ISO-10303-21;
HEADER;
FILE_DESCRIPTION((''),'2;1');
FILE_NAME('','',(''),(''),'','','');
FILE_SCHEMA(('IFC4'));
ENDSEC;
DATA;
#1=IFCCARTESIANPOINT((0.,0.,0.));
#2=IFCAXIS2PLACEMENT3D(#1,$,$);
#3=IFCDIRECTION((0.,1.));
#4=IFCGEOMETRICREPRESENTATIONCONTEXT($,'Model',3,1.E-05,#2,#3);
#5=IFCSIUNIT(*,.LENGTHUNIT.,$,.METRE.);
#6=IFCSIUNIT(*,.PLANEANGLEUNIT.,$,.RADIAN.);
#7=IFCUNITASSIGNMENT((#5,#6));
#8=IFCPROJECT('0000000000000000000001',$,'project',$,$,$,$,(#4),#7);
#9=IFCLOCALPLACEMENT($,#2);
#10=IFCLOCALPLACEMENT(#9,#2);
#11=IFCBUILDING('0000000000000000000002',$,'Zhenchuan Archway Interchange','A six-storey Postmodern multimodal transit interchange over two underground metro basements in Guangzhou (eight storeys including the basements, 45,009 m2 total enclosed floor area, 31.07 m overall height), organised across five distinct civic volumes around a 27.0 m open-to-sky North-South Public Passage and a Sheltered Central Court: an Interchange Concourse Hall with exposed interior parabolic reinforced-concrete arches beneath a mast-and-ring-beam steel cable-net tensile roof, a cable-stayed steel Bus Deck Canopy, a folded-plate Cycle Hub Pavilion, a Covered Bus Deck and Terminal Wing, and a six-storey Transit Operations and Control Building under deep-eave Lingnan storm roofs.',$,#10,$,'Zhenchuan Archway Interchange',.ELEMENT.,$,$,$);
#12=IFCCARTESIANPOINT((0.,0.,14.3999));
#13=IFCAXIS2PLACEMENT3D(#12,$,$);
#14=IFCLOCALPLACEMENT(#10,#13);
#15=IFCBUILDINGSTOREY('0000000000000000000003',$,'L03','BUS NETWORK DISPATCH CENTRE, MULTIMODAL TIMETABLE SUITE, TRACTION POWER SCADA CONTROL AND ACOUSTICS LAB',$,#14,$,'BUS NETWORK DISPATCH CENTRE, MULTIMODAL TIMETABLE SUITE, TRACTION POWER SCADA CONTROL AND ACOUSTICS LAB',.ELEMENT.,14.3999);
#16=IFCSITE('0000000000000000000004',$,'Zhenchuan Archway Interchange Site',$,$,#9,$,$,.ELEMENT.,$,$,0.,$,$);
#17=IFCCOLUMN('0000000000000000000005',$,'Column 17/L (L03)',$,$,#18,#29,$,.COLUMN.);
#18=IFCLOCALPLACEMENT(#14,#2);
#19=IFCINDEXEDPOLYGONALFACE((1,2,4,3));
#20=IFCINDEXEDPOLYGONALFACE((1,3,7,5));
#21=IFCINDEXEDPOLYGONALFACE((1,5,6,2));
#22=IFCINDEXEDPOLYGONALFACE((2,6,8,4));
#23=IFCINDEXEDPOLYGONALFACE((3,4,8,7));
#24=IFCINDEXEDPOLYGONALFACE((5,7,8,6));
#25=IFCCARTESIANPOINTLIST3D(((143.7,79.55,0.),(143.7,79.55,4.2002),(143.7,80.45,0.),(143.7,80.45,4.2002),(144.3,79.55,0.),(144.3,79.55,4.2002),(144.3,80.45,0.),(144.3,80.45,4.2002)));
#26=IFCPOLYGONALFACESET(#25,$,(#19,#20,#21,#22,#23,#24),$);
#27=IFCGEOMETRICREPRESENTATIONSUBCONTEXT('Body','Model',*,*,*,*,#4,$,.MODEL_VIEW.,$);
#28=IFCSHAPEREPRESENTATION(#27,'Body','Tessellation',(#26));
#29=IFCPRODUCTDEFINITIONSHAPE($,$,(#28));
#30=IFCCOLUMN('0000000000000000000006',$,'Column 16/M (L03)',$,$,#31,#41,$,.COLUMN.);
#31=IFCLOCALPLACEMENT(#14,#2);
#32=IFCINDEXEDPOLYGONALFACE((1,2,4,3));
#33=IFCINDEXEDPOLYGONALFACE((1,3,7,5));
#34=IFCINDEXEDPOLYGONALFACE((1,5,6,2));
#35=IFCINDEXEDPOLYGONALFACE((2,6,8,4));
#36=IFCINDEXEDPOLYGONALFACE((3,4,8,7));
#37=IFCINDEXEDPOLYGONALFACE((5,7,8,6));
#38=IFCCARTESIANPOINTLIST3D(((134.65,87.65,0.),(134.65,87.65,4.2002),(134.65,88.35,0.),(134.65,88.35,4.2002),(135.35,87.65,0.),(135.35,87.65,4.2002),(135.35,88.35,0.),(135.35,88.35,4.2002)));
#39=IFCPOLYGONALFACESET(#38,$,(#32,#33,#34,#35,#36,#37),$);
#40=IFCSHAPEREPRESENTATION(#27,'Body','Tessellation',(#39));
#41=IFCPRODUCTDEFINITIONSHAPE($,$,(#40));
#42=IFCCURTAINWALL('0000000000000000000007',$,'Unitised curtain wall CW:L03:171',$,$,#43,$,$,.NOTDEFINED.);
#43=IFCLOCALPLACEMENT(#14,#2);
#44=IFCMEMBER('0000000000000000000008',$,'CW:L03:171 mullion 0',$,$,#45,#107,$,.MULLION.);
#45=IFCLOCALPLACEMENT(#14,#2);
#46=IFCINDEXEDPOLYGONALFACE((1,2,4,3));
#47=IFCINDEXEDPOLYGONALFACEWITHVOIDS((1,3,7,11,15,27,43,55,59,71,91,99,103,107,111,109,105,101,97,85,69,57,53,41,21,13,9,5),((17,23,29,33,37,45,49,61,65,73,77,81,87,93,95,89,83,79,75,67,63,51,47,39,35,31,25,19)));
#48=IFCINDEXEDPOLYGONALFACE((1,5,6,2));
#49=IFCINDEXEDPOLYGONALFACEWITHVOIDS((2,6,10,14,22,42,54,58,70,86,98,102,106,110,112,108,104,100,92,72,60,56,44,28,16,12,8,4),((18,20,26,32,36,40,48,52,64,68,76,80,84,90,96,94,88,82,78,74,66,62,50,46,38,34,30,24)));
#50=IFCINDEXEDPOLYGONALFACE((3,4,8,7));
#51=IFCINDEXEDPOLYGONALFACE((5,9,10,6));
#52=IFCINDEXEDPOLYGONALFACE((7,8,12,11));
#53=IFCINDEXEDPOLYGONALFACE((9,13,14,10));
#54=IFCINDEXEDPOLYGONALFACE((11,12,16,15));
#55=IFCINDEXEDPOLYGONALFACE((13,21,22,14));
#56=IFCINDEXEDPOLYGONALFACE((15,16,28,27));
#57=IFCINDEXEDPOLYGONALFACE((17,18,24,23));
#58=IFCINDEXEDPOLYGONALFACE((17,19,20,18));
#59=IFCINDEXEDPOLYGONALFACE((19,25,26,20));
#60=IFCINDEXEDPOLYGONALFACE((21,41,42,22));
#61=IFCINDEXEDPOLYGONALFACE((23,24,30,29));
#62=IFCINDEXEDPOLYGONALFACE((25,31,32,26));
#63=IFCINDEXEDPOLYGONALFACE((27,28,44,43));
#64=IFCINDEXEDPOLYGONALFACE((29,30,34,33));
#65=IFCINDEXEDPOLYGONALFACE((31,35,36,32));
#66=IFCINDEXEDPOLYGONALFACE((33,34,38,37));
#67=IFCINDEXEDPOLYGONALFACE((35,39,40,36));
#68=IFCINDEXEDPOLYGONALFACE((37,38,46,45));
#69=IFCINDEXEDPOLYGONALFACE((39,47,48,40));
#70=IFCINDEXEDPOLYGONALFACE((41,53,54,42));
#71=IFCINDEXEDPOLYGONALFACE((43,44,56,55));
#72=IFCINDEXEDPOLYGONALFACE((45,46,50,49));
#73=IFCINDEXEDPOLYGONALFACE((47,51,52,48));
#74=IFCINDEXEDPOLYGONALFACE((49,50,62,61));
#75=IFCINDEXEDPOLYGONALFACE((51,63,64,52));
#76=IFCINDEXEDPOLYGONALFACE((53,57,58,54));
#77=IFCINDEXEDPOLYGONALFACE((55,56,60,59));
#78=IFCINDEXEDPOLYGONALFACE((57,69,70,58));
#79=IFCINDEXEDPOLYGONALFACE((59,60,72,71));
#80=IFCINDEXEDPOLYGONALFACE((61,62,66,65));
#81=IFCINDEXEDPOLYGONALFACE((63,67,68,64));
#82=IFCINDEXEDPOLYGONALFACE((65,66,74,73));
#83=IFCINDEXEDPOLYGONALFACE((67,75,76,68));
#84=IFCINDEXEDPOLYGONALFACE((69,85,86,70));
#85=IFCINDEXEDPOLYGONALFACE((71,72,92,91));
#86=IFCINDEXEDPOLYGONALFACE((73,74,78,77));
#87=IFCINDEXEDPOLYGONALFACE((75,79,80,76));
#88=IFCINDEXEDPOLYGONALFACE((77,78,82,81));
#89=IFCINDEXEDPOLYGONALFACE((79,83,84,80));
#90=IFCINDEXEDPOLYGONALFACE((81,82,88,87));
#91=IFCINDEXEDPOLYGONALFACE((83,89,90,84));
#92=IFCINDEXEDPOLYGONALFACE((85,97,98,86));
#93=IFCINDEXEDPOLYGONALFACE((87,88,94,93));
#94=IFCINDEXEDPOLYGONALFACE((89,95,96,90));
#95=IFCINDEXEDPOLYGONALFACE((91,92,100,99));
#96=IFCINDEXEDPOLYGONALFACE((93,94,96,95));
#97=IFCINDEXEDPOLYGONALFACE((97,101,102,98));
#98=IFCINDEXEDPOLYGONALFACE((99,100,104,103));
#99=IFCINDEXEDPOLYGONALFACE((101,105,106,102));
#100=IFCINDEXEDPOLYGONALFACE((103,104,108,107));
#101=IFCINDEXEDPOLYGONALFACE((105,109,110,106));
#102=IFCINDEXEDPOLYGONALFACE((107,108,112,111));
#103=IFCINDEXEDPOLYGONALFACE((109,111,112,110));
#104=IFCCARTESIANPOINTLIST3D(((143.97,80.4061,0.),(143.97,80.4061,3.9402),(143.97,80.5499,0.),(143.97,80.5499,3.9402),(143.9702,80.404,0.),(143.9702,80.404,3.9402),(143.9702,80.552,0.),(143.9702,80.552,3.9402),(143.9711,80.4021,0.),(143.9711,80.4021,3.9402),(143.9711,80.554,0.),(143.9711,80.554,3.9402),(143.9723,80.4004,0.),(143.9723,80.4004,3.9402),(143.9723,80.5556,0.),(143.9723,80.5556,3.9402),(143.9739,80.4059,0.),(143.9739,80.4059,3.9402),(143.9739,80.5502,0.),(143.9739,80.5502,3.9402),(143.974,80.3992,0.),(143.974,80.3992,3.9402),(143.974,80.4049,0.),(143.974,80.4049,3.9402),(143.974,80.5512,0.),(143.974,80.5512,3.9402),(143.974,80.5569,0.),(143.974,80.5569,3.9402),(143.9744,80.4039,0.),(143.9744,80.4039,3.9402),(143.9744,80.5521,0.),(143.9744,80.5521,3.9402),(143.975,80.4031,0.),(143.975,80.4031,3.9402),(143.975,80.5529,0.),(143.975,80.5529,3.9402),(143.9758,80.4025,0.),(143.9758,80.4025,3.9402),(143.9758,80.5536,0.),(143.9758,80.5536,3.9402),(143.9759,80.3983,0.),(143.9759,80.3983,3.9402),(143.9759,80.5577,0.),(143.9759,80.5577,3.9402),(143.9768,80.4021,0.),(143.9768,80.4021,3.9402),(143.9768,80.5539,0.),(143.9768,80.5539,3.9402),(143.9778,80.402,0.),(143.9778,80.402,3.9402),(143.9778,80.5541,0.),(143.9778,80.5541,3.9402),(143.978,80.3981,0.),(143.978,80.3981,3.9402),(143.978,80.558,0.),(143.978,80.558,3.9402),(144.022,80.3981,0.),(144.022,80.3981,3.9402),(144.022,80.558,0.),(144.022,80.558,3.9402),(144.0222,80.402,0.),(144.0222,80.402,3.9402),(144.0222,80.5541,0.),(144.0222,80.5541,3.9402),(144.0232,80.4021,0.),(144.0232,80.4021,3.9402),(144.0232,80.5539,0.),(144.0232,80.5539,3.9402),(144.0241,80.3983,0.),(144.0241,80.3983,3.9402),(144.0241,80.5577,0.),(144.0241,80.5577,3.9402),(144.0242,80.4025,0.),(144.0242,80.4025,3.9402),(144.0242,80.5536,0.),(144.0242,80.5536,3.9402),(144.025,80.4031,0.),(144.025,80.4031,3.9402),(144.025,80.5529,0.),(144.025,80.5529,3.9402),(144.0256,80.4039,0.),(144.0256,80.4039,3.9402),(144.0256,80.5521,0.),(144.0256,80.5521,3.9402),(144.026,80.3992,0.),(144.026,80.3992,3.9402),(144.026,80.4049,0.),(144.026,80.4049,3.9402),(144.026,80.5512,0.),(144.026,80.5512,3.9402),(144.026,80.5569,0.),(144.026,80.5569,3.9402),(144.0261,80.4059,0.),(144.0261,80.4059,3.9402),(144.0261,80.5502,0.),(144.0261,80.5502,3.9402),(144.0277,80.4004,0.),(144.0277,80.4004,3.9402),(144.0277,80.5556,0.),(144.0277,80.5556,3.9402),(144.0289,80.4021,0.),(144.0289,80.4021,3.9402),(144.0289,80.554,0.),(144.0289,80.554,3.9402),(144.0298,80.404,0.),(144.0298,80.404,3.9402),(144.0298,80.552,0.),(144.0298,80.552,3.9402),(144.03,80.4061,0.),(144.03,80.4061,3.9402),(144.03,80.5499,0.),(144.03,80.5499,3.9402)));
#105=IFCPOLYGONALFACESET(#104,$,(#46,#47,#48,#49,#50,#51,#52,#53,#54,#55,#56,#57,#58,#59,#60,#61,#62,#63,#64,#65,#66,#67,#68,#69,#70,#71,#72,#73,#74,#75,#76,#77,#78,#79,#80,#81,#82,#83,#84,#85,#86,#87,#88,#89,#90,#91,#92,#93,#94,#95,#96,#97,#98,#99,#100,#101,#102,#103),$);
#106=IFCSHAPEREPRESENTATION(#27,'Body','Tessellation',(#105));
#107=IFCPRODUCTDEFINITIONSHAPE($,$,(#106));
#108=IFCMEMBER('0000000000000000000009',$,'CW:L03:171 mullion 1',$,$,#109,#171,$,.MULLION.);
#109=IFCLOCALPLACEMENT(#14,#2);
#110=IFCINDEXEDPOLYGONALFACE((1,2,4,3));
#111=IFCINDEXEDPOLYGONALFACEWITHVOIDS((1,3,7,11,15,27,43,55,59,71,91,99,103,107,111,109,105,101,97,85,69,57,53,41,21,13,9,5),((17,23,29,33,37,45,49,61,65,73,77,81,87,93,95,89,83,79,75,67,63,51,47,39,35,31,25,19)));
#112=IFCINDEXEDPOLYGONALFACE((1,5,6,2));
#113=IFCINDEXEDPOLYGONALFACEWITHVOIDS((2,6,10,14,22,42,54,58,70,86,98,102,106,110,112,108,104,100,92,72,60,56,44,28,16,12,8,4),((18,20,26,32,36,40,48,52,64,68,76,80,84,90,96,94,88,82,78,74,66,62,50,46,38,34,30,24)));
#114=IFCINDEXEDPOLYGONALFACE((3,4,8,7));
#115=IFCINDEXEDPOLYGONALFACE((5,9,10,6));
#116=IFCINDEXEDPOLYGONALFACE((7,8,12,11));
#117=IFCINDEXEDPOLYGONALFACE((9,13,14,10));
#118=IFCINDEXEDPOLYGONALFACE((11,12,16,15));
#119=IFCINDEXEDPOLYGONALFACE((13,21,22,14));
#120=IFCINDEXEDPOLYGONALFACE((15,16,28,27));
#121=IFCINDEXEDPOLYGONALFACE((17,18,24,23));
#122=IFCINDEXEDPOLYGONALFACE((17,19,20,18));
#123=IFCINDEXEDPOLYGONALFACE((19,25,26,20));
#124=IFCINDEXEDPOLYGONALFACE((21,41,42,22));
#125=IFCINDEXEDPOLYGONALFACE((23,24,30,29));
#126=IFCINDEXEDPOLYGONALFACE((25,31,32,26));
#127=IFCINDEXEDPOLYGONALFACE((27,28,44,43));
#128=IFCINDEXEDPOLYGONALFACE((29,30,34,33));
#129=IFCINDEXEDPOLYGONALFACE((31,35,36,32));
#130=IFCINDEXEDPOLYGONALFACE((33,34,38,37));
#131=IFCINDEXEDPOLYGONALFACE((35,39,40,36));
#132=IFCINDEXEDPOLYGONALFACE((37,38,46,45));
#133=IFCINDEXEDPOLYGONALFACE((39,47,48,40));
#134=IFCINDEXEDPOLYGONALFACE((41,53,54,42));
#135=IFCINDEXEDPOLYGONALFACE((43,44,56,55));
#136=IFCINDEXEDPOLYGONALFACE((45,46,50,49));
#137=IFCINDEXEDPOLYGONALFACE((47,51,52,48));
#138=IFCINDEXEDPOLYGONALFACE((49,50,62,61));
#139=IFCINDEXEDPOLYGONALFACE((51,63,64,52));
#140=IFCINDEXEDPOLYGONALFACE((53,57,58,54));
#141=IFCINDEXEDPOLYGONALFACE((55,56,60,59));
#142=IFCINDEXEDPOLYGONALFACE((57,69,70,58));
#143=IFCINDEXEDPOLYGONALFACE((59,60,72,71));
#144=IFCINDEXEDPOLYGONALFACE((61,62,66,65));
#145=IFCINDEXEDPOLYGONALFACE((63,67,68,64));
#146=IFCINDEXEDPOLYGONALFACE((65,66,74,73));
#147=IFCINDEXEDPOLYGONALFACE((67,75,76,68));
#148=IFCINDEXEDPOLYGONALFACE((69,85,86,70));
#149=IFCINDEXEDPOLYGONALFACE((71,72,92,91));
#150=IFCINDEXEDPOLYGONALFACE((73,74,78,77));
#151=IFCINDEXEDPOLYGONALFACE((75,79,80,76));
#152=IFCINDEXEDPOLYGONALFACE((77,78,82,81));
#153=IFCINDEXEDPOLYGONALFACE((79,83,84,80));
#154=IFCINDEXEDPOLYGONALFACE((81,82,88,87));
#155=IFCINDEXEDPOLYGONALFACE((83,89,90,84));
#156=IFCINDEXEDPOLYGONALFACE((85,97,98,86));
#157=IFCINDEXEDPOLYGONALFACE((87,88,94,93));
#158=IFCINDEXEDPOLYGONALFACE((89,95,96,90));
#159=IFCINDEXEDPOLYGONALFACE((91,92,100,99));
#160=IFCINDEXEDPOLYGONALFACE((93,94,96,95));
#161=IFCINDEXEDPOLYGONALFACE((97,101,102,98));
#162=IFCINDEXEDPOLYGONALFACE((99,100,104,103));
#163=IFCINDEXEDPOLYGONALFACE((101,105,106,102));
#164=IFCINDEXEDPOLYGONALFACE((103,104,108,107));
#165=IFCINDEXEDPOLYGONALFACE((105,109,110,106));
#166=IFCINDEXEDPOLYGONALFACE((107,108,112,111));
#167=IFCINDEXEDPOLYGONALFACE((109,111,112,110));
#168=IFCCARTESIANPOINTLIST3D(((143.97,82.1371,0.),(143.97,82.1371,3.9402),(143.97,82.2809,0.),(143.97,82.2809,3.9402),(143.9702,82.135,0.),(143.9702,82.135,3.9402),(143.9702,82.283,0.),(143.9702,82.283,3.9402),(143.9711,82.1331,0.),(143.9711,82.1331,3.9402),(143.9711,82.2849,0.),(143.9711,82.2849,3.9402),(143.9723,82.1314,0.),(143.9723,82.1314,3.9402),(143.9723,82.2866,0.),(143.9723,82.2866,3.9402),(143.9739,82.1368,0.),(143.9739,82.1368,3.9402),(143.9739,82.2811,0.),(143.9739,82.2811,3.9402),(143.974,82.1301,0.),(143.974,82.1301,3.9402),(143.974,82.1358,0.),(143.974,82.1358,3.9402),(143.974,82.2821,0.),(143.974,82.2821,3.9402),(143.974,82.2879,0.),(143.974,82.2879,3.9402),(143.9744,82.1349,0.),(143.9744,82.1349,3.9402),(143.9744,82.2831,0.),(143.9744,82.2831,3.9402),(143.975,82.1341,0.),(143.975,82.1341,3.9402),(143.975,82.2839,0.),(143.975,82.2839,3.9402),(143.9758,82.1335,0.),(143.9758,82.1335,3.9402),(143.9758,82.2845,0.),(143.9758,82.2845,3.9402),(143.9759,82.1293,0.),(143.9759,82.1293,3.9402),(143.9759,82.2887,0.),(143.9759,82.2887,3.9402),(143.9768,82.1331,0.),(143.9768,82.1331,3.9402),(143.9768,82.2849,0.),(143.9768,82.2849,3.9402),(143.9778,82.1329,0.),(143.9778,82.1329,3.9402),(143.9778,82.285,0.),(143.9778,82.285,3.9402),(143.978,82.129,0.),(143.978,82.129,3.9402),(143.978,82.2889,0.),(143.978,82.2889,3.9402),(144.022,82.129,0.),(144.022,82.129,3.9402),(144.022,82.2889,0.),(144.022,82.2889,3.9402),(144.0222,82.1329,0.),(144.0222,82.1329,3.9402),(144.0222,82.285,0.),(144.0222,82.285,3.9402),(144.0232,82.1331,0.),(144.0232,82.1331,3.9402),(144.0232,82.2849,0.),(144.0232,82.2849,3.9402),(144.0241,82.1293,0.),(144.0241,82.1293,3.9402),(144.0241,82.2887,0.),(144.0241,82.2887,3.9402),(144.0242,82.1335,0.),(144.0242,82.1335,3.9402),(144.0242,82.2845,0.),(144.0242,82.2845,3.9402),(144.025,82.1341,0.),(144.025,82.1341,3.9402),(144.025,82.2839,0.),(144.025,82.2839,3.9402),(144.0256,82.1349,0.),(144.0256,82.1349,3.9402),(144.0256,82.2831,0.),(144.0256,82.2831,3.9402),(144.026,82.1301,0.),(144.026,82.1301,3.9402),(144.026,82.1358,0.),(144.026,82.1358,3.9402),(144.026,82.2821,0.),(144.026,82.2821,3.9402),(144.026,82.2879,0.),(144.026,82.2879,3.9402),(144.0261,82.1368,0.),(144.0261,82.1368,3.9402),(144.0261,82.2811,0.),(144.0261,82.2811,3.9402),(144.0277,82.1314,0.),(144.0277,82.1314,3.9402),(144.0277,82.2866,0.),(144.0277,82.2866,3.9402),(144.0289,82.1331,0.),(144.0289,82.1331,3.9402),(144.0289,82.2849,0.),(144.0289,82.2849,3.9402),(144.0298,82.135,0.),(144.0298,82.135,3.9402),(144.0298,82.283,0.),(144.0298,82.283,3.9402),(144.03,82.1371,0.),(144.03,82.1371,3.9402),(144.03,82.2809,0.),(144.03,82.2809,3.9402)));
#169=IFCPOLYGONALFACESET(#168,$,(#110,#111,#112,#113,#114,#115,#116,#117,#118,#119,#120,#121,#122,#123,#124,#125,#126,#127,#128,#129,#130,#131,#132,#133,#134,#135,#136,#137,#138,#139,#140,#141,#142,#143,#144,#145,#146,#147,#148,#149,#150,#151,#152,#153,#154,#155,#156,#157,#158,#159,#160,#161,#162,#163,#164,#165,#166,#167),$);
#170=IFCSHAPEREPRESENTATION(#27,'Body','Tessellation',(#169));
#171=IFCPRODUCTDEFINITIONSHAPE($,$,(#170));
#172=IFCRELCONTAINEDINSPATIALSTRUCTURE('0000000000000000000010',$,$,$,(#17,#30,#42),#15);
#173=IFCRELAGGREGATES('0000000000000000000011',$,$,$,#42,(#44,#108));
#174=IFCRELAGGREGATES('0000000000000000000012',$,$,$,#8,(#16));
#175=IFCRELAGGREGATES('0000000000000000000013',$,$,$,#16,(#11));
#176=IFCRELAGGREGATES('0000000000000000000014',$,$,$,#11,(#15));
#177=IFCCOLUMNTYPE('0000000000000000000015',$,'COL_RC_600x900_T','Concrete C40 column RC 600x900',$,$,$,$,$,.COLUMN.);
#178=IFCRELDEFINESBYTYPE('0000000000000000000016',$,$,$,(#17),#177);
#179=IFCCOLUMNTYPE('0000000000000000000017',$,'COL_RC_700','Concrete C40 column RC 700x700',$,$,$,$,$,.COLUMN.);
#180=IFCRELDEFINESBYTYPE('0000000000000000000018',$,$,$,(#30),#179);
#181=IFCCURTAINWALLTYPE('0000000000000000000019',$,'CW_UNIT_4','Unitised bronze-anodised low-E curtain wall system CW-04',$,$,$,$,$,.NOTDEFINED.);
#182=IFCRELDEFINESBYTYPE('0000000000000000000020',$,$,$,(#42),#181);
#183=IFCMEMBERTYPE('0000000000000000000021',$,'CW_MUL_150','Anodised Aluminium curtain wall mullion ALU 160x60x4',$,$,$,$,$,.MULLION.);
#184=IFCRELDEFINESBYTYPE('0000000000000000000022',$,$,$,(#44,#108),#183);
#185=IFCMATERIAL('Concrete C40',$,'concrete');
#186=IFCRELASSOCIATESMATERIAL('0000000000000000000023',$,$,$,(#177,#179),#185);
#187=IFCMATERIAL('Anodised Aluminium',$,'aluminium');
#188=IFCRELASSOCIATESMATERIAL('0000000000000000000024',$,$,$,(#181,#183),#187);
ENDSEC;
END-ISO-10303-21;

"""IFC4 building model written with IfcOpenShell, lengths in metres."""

from ifc_helpers import new_model, si_unit, direction, frame, origin, origin_2d, place, context, subcontext, project, spatial, rectangle, hollow_rectangle, extrude, material, material_profile, profile_set, type_object, element, aggregate, save


model = new_model("IFC4")

# Units and contexts
model_context = context("Model", 3, precision=1e-05, world=origin(), true_north=direction((0.0, 1.0)))
body_context = subcontext(model_context, "Body", "Model", "MODEL_VIEW")
ifc_project = project(units=[si_unit("LENGTHUNIT", "METRE"), si_unit("PLANEANGLEUNIT", "RADIAN")], contexts=[model_context])

# Site, building, storey
site_placement = place(None, origin())
site = spatial("IfcSite", under=ifc_project, at=site_placement, Name="Zhenchuan Archway Interchange Site", CompositionType="ELEMENT", RefElevation=0.0)
building_placement = place(site_placement, origin())
building = spatial("IfcBuilding", under=site, at=building_placement, Name="Zhenchuan Archway Interchange", Description="A six-storey Postmodern multimodal transit interchange over two underground metro basements in Guangzhou (eight storeys including the basements, 45,009 m2 total enclosed floor area, 31.07 m overall height), organised across five distinct civic volumes around a 27.0 m open-to-sky North-South Public Passage and a Sheltered Central Court: an Interchange Concourse Hall with exposed interior parabolic reinforced-concrete arches beneath a mast-and-ring-beam steel cable-net tensile roof, a cable-stayed steel Bus Deck Canopy, a folded-plate Cycle Hub Pavilion, a Covered Bus Deck and Terminal Wing, and a six-storey Transit Operations and Control Building under deep-eave Lingnan storm roofs.", LongName="Zhenchuan Archway Interchange", CompositionType="ELEMENT")
storey_placement = place(building_placement, frame((0.0, 0.0, 14.3999)))
storey = spatial("IfcBuildingStorey", under=building, at=storey_placement, Name="L03", Description="BUS NETWORK DISPATCH CENTRE, MULTIMODAL TIMETABLE SUITE, TRACTION POWER SCADA CONTROL AND ACOUSTICS LAB", LongName="BUS NETWORK DISPATCH CENTRE, MULTIMODAL TIMETABLE SUITE, TRACTION POWER SCADA CONTROL AND ACOUSTICS LAB", CompositionType="ELEMENT", Elevation=14.3999)

# Columns
ifc_material_1 = material(Name="Concrete C40", Category="concrete")
ifc_material_profile_1 = material_profile(ifc_material_1, rectangle(XDim=0.6001, YDim=0.8999, at=origin_2d()), Name="RC 600x900")
ifc_profile_set_1 = profile_set([ifc_material_profile_1], Name="Concrete C40")
column_type_1 = type_object("IfcColumnType", Name="COL_RC_600x900_T", Description="Concrete C40 column RC 600x900", PredefinedType="COLUMN", material=ifc_profile_set_1)
column_1_placement = place(storey_placement, frame((144.0, 80.0, 0.0), z_axis=(0.0, 0.0, 1.0), x_axis=(1.0, 0.0, 0.0)))
element("IfcColumn", 1, at=column_1_placement, inside=storey, type_object=column_type_1, Name="Column 17/L (L03)", PredefinedType="COLUMN", context=body_context, shape_type="SweptSolid", body=[
    extrude(rectangle(XDim=0.6001, YDim=0.8999, at=origin_2d()), origin(), (0.0, 0.0, 1.0), 4.2002),
])
ifc_material_profile_2 = material_profile(ifc_material_1, rectangle(XDim=0.7, YDim=0.7, at=origin_2d()), Name="RC 700x700")
ifc_profile_set_2 = profile_set([ifc_material_profile_2], Name="Concrete C40")
column_type_2 = type_object("IfcColumnType", Name="COL_RC_700", Description="Concrete C40 column RC 700x700", PredefinedType="COLUMN", material=ifc_profile_set_2)
column_2_placement = place(storey_placement, frame((135.0, 88.0, 0.0), z_axis=(0.0, 0.0, 1.0), x_axis=(1.0, 0.0, 0.0)))
element("IfcColumn", 2, at=column_2_placement, inside=storey, type_object=column_type_2, Name="Column 16/M (L03)", PredefinedType="COLUMN", context=body_context, shape_type="SweptSolid", body=[
    extrude(rectangle(XDim=0.7, YDim=0.7, at=origin_2d()), origin(), (0.0, 0.0, 1.0), 4.2002),
])

# Curtain wall, members
ifc_material_2 = material(Name="Anodised Aluminium", Category="aluminium")
curtain_wall_type_1 = type_object("IfcCurtainWallType", Name="CW_UNIT_4", Description="Unitised bronze-anodised low-E curtain wall system CW-04", PredefinedType="NOTDEFINED", material=ifc_material_2)
curtain_wall_1_placement = place(storey_placement, origin())
curtain_wall_1 = element("IfcCurtainWall", 3, at=curtain_wall_1_placement, inside=storey, type_object=curtain_wall_type_1, Name="Unitised curtain wall CW:L03:171", PredefinedType="NOTDEFINED")
ifc_material_profile_3 = material_profile(ifc_material_2, hollow_rectangle(XDim=0.0601, YDim=0.1599, WallThickness=0.0039, InnerFilletRadius=0.0039, OuterFilletRadius=0.0081, at=origin_2d()), Name="ALU 160x60x4")
ifc_profile_set_3 = profile_set([ifc_material_profile_3], Name="Anodised Aluminium")
member_type_1 = type_object("IfcMemberType", Name="CW_MUL_150", Description="Anodised Aluminium curtain wall mullion ALU 160x60x4", PredefinedType="MULLION", material=ifc_profile_set_3)
member_1_placement = place(storey_placement, frame((144.0, 80.478, 0.0), z_axis=(0.0, 0.0, 1.0), x_axis=(1.0, 0.0, 0.0)))
member_1 = element("IfcMember", 4, at=member_1_placement, type_object=member_type_1, Name="CW:L03:171 mullion 0", PredefinedType="MULLION", context=body_context, shape_type="SweptSolid", body=[
    extrude(hollow_rectangle(XDim=0.0601, YDim=0.1599, WallThickness=0.0039, InnerFilletRadius=0.0039, OuterFilletRadius=0.0081, at=origin_2d()), origin(), (0.0, 0.0, 1.0), 3.9402),
])
member_2_placement = place(storey_placement, frame((144.0, 82.209, 0.0), z_axis=(0.0, 0.0, 1.0), x_axis=(1.0, 0.0, 0.0)))
member_2 = element("IfcMember", 5, at=member_2_placement, type_object=member_type_1, Name="CW:L03:171 mullion 1", PredefinedType="MULLION", context=body_context, shape_type="SweptSolid", body=[
    extrude(hollow_rectangle(XDim=0.0601, YDim=0.1599, WallThickness=0.0039, InnerFilletRadius=0.0039, OuterFilletRadius=0.0081, at=origin_2d()), origin(), (0.0, 0.0, 1.0), 3.9402),
])

aggregate(curtain_wall_1, [member_1, member_2])

save(model, "model.ifc")
